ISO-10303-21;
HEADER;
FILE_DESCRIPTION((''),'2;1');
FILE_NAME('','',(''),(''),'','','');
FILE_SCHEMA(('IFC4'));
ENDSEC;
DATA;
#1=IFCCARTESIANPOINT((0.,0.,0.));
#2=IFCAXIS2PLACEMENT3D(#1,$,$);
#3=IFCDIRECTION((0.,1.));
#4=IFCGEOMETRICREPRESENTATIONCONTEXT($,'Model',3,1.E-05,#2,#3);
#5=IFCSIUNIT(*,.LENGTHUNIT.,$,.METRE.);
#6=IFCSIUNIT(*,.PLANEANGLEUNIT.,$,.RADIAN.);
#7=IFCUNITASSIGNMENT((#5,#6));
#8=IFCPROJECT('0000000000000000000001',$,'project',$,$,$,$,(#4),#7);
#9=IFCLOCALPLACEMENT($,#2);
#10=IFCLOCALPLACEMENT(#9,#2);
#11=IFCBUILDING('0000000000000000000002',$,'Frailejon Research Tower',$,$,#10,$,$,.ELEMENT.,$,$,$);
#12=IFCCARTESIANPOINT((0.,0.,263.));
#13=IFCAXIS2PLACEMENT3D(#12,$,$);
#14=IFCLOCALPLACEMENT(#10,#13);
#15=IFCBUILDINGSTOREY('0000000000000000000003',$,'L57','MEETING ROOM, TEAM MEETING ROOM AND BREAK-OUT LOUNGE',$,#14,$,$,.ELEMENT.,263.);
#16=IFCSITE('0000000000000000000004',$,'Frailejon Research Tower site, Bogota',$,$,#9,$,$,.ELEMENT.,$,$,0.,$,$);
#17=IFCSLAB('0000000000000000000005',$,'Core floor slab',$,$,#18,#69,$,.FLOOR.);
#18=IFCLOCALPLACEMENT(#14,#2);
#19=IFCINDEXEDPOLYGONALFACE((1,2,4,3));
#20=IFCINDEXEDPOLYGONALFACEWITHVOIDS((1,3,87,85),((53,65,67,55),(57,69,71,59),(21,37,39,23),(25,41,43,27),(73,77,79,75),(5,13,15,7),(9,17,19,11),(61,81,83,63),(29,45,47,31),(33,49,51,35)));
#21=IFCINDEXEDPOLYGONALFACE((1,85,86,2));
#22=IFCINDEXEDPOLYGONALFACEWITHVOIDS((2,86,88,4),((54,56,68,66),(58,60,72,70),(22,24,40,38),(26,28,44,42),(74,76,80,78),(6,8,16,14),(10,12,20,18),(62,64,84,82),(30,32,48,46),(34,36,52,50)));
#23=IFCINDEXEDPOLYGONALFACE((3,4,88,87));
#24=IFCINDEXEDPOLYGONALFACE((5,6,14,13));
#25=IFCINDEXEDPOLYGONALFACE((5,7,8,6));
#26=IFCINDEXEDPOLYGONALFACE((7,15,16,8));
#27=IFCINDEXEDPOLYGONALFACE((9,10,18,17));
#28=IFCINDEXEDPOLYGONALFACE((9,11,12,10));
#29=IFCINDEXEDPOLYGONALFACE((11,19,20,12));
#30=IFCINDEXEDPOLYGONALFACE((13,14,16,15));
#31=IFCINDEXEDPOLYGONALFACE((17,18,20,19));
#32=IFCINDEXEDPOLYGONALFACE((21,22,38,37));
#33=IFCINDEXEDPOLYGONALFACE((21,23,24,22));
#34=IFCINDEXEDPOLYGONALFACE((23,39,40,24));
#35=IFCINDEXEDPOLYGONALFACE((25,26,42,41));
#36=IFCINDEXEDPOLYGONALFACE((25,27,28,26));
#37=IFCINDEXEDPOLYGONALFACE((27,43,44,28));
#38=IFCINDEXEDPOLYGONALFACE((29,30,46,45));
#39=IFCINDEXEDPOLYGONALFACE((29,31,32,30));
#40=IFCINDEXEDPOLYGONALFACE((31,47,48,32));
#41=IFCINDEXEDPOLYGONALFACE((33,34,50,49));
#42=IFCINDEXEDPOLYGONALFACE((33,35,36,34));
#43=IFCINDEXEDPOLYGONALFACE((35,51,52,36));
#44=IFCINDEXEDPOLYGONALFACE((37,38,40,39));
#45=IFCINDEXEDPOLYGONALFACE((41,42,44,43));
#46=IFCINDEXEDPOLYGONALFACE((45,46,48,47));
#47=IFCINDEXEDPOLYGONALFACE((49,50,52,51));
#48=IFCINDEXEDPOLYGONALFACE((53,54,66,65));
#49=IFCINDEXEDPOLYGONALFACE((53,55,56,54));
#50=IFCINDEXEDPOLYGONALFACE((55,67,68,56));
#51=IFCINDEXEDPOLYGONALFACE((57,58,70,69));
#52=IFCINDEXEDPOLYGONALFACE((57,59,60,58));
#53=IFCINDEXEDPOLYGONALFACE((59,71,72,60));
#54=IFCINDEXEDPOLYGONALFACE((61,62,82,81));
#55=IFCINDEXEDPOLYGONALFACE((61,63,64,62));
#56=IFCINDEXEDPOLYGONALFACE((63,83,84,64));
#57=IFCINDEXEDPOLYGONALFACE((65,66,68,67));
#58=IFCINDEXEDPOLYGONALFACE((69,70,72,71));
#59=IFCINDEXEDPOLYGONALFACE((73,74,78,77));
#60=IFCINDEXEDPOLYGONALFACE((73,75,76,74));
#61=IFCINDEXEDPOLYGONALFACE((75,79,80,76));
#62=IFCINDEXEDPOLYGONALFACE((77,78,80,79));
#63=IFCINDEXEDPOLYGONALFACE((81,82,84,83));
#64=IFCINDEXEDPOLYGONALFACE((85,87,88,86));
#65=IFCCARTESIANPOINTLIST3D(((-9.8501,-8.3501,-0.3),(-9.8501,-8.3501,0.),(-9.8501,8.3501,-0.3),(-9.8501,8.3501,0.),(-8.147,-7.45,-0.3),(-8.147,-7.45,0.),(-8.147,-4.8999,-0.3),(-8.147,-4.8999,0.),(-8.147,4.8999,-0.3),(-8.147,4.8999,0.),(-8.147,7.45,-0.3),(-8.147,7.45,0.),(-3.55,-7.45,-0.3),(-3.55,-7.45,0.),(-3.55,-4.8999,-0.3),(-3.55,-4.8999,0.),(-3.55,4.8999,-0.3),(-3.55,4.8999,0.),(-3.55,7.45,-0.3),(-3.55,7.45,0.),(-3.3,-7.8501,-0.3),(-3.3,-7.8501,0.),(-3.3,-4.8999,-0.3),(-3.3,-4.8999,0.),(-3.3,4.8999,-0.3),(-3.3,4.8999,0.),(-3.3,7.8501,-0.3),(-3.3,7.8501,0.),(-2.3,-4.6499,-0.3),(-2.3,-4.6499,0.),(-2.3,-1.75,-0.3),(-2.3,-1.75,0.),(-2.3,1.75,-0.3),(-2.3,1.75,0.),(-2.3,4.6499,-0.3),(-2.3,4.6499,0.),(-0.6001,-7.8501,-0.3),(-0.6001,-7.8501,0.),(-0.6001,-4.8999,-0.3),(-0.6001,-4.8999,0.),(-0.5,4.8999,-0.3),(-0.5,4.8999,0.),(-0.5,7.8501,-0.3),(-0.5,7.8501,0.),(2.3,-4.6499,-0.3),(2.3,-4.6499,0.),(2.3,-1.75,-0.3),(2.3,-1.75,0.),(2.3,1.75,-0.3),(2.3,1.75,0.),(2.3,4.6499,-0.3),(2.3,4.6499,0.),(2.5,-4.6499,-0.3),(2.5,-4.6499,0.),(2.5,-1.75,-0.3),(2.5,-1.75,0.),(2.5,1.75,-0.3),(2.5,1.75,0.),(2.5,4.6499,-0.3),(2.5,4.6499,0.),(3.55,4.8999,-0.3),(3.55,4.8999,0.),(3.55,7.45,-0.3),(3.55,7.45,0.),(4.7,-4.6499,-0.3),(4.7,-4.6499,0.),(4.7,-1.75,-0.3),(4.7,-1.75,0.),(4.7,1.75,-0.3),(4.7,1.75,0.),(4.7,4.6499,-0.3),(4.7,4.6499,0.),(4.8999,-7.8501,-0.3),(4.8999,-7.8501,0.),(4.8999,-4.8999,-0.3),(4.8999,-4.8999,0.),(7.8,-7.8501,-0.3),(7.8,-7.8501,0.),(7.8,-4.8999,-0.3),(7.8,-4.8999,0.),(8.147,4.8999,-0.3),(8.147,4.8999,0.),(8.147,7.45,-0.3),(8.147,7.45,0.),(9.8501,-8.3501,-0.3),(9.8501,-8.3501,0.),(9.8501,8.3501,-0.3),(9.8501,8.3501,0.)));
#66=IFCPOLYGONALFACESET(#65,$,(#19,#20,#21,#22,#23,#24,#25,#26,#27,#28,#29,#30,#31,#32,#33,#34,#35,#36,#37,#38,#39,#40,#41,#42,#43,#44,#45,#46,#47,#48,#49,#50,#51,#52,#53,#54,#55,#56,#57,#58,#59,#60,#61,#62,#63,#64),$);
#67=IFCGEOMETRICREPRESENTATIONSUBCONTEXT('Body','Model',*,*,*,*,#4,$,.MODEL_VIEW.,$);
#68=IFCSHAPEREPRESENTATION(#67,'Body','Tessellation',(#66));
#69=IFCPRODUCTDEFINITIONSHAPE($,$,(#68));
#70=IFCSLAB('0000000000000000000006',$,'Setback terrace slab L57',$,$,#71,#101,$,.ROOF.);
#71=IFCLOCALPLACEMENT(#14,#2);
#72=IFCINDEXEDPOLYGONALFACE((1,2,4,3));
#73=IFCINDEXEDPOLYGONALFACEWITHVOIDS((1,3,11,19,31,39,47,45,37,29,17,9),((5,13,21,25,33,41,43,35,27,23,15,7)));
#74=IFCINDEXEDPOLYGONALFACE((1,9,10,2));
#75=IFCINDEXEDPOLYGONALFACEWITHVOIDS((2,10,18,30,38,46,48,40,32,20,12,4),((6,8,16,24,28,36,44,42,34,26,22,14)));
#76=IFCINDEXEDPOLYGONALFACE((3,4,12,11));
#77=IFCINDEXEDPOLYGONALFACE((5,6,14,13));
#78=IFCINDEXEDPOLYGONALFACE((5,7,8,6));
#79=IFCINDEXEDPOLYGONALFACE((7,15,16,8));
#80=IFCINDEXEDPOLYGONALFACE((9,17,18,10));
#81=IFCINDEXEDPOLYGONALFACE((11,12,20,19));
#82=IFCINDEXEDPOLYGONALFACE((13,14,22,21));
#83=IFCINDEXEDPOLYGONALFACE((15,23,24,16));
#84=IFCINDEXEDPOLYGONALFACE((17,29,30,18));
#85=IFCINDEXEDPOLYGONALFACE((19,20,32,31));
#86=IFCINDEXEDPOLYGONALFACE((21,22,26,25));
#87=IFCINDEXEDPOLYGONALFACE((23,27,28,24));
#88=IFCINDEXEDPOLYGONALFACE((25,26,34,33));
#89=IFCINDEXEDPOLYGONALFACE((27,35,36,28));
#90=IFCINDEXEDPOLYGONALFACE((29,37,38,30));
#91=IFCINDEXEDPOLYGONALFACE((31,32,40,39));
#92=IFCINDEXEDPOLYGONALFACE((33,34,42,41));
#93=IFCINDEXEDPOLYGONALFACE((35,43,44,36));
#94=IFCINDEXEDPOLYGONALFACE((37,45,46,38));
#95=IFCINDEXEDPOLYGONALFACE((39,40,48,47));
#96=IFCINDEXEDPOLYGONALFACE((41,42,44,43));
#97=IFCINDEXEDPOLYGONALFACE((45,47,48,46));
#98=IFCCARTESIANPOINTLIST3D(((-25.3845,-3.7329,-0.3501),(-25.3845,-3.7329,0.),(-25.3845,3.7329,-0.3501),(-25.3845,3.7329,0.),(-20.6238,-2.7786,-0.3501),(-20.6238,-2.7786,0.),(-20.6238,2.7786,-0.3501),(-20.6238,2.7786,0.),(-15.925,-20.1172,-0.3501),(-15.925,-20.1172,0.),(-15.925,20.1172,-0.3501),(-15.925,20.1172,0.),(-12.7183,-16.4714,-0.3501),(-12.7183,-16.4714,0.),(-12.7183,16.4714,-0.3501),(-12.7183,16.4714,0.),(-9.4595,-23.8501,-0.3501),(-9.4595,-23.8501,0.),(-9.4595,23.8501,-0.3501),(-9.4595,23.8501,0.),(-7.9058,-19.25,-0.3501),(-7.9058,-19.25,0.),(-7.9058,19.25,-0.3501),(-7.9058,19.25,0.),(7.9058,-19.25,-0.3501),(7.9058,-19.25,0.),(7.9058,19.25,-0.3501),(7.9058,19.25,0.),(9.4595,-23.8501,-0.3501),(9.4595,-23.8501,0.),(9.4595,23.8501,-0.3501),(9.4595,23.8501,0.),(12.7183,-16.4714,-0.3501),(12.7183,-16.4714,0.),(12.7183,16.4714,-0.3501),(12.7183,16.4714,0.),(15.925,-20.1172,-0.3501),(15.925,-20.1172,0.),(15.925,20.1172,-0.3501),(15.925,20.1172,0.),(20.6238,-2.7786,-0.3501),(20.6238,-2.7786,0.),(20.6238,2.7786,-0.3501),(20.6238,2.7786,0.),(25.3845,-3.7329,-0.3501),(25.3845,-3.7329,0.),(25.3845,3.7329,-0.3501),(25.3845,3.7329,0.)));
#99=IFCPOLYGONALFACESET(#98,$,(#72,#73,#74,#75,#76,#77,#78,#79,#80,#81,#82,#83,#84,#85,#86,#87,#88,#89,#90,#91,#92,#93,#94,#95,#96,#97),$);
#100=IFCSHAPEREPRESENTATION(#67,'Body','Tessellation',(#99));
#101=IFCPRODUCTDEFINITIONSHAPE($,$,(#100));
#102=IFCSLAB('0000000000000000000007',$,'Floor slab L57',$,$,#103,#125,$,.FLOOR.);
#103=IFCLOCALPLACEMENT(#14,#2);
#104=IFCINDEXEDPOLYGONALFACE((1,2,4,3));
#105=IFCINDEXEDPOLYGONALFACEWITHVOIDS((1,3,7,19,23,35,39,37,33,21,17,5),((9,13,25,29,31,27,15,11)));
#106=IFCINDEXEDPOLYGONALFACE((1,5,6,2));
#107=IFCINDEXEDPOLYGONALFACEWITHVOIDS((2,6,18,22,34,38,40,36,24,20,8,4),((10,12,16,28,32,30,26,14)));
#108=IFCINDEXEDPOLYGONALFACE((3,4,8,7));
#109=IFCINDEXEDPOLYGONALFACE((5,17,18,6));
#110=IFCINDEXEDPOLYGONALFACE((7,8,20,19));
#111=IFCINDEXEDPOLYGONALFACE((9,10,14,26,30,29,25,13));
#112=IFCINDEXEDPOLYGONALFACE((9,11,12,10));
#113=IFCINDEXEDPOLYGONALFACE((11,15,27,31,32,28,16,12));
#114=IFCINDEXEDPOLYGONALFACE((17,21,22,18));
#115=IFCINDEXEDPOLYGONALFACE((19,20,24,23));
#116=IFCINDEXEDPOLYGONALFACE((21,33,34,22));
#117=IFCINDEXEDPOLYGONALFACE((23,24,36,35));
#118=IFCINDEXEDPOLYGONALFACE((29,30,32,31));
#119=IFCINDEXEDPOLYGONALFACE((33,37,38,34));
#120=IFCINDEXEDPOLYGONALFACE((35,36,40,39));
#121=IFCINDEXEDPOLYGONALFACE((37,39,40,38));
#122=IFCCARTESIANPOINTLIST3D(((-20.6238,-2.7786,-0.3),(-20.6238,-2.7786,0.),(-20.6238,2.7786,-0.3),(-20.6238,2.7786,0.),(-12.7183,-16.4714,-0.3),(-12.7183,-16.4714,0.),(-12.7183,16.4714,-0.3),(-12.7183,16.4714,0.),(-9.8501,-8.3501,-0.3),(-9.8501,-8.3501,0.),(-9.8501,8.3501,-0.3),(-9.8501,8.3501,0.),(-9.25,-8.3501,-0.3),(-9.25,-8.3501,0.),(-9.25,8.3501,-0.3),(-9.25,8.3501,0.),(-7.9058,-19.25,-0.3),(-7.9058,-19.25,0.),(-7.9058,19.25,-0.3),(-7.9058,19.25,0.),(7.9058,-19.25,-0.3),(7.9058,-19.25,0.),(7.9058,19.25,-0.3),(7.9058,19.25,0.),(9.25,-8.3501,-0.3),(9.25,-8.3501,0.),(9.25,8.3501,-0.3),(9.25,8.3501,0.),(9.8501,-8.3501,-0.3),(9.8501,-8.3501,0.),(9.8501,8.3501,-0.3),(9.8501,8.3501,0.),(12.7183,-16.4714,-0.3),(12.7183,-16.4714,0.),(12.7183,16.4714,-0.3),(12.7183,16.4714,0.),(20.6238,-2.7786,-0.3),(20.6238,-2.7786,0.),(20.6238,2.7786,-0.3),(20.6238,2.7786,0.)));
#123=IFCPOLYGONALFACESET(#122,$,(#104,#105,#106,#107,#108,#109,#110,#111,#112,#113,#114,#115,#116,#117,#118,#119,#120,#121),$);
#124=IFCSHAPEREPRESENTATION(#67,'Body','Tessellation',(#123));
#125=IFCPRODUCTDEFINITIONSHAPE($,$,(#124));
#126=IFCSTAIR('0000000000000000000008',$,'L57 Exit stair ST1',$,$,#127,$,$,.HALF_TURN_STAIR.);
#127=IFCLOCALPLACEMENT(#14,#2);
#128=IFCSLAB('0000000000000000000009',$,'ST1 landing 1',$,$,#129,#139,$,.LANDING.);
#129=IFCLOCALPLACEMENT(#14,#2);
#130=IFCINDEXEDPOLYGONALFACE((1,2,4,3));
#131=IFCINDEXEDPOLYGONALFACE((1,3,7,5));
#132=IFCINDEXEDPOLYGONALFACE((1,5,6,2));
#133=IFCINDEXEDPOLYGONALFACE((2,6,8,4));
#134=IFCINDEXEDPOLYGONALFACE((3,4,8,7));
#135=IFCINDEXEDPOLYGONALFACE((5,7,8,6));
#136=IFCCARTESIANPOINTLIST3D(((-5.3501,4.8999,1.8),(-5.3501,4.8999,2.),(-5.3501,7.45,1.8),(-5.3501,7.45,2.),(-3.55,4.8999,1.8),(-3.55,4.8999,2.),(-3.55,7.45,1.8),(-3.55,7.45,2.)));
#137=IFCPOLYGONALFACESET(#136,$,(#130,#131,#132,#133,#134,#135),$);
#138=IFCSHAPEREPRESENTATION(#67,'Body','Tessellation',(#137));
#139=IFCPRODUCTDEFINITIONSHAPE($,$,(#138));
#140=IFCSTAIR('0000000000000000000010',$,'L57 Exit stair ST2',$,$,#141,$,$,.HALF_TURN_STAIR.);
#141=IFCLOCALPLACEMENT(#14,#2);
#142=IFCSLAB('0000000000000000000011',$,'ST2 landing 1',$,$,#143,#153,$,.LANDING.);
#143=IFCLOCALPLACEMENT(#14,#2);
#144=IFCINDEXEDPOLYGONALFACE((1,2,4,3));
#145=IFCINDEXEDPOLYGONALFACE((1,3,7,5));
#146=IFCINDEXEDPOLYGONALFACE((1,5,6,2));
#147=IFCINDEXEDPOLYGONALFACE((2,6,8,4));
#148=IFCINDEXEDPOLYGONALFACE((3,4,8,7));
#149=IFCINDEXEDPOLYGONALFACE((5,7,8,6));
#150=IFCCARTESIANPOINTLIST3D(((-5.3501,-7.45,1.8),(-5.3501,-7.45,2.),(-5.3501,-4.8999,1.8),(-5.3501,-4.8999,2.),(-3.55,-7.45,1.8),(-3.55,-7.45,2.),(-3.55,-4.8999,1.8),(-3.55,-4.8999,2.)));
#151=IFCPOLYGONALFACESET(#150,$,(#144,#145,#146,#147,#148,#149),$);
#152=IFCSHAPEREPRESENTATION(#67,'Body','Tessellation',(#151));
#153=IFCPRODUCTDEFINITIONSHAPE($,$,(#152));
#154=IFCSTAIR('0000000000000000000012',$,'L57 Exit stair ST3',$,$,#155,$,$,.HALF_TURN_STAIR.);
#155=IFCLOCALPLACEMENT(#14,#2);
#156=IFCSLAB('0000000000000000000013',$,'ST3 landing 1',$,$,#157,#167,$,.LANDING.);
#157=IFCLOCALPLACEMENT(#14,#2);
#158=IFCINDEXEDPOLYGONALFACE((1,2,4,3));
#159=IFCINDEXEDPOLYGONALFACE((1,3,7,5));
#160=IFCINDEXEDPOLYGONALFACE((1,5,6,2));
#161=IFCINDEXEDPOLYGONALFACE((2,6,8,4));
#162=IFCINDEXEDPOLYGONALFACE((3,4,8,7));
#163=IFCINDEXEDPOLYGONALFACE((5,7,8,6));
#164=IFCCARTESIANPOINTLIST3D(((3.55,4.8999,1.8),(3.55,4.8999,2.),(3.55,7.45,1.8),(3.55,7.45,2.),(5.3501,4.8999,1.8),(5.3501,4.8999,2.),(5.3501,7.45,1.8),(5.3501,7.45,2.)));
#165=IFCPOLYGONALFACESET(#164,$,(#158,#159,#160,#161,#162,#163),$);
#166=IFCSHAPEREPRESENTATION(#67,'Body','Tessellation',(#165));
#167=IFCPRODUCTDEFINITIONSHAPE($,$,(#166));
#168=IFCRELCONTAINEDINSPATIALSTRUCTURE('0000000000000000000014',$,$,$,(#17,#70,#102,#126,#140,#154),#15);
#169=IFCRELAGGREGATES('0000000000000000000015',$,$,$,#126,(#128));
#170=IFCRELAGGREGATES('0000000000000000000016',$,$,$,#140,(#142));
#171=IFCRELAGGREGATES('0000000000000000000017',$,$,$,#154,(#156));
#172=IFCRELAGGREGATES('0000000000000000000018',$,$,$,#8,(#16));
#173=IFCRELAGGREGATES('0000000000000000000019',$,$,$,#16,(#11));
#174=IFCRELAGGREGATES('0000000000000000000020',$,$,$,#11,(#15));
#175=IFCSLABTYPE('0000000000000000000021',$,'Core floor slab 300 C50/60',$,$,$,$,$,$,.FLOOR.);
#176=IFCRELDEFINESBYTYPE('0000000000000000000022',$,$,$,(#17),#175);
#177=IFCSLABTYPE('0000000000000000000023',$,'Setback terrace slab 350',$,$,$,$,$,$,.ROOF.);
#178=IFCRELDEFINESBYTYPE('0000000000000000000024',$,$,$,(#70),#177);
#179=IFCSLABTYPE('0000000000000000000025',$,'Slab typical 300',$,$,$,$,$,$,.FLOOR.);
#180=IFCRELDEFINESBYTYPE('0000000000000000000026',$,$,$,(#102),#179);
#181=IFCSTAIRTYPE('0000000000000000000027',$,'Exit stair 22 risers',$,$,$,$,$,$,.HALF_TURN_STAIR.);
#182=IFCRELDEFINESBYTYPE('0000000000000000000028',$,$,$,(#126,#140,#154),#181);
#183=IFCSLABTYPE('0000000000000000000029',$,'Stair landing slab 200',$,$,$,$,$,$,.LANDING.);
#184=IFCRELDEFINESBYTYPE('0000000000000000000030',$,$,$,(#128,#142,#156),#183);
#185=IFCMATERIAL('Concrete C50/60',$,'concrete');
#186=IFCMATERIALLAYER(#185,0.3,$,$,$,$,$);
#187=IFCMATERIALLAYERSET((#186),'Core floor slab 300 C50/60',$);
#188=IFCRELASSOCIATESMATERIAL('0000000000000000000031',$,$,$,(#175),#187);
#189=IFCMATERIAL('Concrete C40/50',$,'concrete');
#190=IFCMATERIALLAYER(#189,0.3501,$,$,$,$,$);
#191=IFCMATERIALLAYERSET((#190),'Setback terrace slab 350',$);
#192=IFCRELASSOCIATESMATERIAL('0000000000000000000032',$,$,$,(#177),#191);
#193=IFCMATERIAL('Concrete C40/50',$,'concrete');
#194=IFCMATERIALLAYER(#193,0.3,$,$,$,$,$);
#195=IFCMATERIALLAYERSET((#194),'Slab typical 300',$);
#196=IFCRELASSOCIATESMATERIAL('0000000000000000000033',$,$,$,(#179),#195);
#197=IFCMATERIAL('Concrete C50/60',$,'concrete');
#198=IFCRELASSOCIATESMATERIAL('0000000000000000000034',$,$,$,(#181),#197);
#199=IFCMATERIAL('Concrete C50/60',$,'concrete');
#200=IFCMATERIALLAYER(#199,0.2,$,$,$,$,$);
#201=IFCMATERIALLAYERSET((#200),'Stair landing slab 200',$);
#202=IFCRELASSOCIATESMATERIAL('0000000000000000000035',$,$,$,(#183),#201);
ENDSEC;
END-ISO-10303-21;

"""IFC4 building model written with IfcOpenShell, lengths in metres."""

from ifc_helpers import new_model, si_unit, direction, frame, origin, place, context, subcontext, project, spatial, polyline, outline, extrude, material, layer, layer_set, type_object, element, aggregate, save


model = new_model("IFC4")

# Units and contexts
model_context = context("Model", 3, precision=1e-05, world=origin(), true_north=direction((0.0, 1.0)))
body_context = subcontext(model_context, "Body", "Model", "MODEL_VIEW")
ifc_project = project(units=[si_unit("LENGTHUNIT", "METRE"), si_unit("PLANEANGLEUNIT", "RADIAN")], contexts=[model_context])

# Site, building, storey
site_placement = place(None, origin())
site = spatial("IfcSite", under=ifc_project, at=site_placement, Name="Frailejon Research Tower site, Bogota", CompositionType="ELEMENT", RefElevation=0.0)
building_placement = place(site_placement, origin())
building = spatial("IfcBuilding", under=site, at=building_placement, Name="Frailejon Research Tower", CompositionType="ELEMENT")
storey_placement = place(building_placement, frame((0.0, 0.0, 263.0)))
storey = spatial("IfcBuildingStorey", under=building, at=storey_placement, Name="L57", Description="MEETING ROOM, TEAM MEETING ROOM AND BREAK-OUT LOUNGE", CompositionType="ELEMENT", Elevation=263.0)

# Slabs
ifc_material_1 = material(Name="Concrete C50/60", Category="concrete")
ifc_layer_1 = layer(ifc_material_1, 0.3)
ifc_layer_set_1 = layer_set([ifc_layer_1], Name="Core floor slab 300 C50/60")
slab_type_1 = type_object("IfcSlabType", Name="Core floor slab 300 C50/60", PredefinedType="FLOOR", material=ifc_layer_set_1)
slab_1_placement = place(storey_placement, frame((0.0, 0.0, -0.3)))
element("IfcSlab", 1, at=slab_1_placement, inside=storey, type_object=slab_type_1, Name="Core floor slab", PredefinedType="FLOOR", context=body_context, shape_type="SweptSolid", body=[
    extrude(outline(polyline([(9.8501, -8.3501), (9.8501, 8.3501), (-9.8501, 8.3501), (-9.8501, -8.3501), (9.8501, -8.3501)]), holes=[polyline([(2.3, 1.75), (2.3, 4.6499), (-2.3, 4.6499), (-2.3, 1.75), (2.3, 1.75)]), polyline([(4.7, 1.75), (4.7, 4.6499), (2.5, 4.6499), (2.5, 1.75), (4.7, 1.75)]), polyline([(2.3, -4.6499), (2.3, -1.75), (-2.3, -1.75), (-2.3, -4.6499), (2.3, -4.6499)]), polyline([(4.7, -4.6499), (4.7, -1.75), (2.5, -1.75), (2.5, -4.6499), (4.7, -4.6499)]), polyline([(-8.147, 4.8999), (-3.55, 4.8999), (-3.55, 7.45), (-8.147, 7.45), (-8.147, 4.8999)]), polyline([(-8.147, -7.45), (-3.55, -7.45), (-3.55, -4.8999), (-8.147, -4.8999), (-8.147, -7.45)]), polyline([(8.147, 7.45), (3.55, 7.45), (3.55, 4.8999), (8.147, 4.8999), (8.147, 7.45)]), polyline([(-0.6001, -7.8501), (-0.6001, -4.8999), (-3.3, -4.8999), (-3.3, -7.8501), (-0.6001, -7.8501)]), polyline([(7.8, -7.8501), (7.8, -4.8999), (4.8999, -4.8999), (4.8999, -7.8501), (7.8, -7.8501)]), polyline([(-0.5, 4.8999), (-0.5, 7.8501), (-3.3, 7.8501), (-3.3, 4.8999), (-0.5, 4.8999)])]), origin(), (0.0, 0.0, 1.0), 0.3),
])
ifc_material_2 = material(Name="Concrete C40/50", Category="concrete")
ifc_layer_2 = layer(ifc_material_2, 0.3501)
ifc_layer_set_2 = layer_set([ifc_layer_2], Name="Setback terrace slab 350")
slab_type_2 = type_object("IfcSlabType", Name="Setback terrace slab 350", PredefinedType="ROOF", material=ifc_layer_set_2)
slab_2_placement = place(storey_placement, frame((0.0, 0.0, -0.3501)))
element("IfcSlab", 2, at=slab_2_placement, inside=storey, type_object=slab_type_2, Name="Setback terrace slab L57", PredefinedType="ROOF", context=body_context, shape_type="SweptSolid", body=[
    extrude(outline(polyline([(15.925, -20.1172), (9.4595, -23.8501), (-9.4595, -23.8501), (-15.925, -20.1172), (-25.3845, -3.7329), (-25.3845, 3.7329), (-15.925, 20.1172), (-9.4595, 23.8501), (9.4595, 23.8501), (15.925, 20.1172), (25.3845, 3.7329), (25.3845, -3.7329), (15.925, -20.1172)]), holes=[polyline([(20.6238, 2.7786), (12.7183, 16.4714), (7.9058, 19.25), (-7.9058, 19.25), (-12.7183, 16.4714), (-20.6238, 2.7786), (-20.6238, -2.7786), (-12.7183, -16.4714), (-7.9058, -19.25), (7.9058, -19.25), (12.7183, -16.4714), (20.6238, -2.7786), (20.6238, 2.7786)])]), origin(), (0.0, 0.0, 1.0), 0.3501),
])
ifc_material_3 = material(Name="Concrete C40/50", Category="concrete")
ifc_layer_3 = layer(ifc_material_3, 0.3)
ifc_layer_set_3 = layer_set([ifc_layer_3], Name="Slab typical 300")
slab_type_3 = type_object("IfcSlabType", Name="Slab typical 300", PredefinedType="FLOOR", material=ifc_layer_set_3)
slab_3_placement = place(storey_placement, frame((0.0, 0.0, -0.3)))
element("IfcSlab", 3, at=slab_3_placement, inside=storey, type_object=slab_type_3, Name="Floor slab L57", PredefinedType="FLOOR", context=body_context, shape_type="SweptSolid", body=[
    extrude(outline(polyline([(20.6238, -2.7786), (20.6238, 2.7786), (12.7183, 16.4714), (7.9058, 19.25), (-7.9058, 19.25), (-12.7183, 16.4714), (-20.6238, 2.7786), (-20.6238, -2.7786), (-12.7183, -16.4714), (-7.9058, -19.25), (7.9058, -19.25), (12.7183, -16.4714), (20.6238, -2.7786)]), holes=[polyline([(9.25, 8.3501), (9.8501, 8.3501), (9.8501, -8.3501), (9.25, -8.3501), (-9.25, -8.3501), (-9.8501, -8.3501), (-9.8501, 8.3501), (-9.25, 8.3501), (9.25, 8.3501)])]), origin(), (0.0, 0.0, 1.0), 0.3),
])

# Stairs, slabs
ifc_material_4 = material(Name="Concrete C50/60", Category="concrete")
stair_type = type_object("IfcStairType", Name="Exit stair 22 risers", PredefinedType="HALF_TURN_STAIR", material=ifc_material_4)
stair_1_placement = place(storey_placement, origin())
stair_1 = element("IfcStair", 4, at=stair_1_placement, inside=storey, type_object=stair_type, Name="L57 Exit stair ST1", PredefinedType="HALF_TURN_STAIR")
ifc_material_5 = material(Name="Concrete C50/60", Category="concrete")
ifc_layer_4 = layer(ifc_material_5, 0.2)
ifc_layer_set_4 = layer_set([ifc_layer_4], Name="Stair landing slab 200")
slab_type_4 = type_object("IfcSlabType", Name="Stair landing slab 200", PredefinedType="LANDING", material=ifc_layer_set_4)
slab_4_placement = place(storey_placement, frame((0.0, 0.0, 1.8)))
slab_4 = element("IfcSlab", 5, at=slab_4_placement, type_object=slab_type_4, Name="ST1 landing 1", PredefinedType="LANDING", context=body_context, shape_type="SweptSolid", body=[
    extrude(outline(polyline([(-5.3501, 4.8999), (-3.55, 4.8999), (-3.55, 7.45), (-5.3501, 7.45), (-5.3501, 4.8999)])), origin(), (0.0, 0.0, 1.0), 0.2),
])
aggregate(stair_1, [slab_4])
stair_2_placement = place(storey_placement, origin())
stair_2 = element("IfcStair", 6, at=stair_2_placement, inside=storey, type_object=stair_type, Name="L57 Exit stair ST2", PredefinedType="HALF_TURN_STAIR")
slab_5_placement = place(storey_placement, frame((0.0, 0.0, 1.8)))
slab_5 = element("IfcSlab", 7, at=slab_5_placement, type_object=slab_type_4, Name="ST2 landing 1", PredefinedType="LANDING", context=body_context, shape_type="SweptSolid", body=[
    extrude(outline(polyline([(-5.3501, -7.45), (-3.55, -7.45), (-3.55, -4.8999), (-5.3501, -4.8999), (-5.3501, -7.45)])), origin(), (0.0, 0.0, 1.0), 0.2),
])
aggregate(stair_2, [slab_5])
stair_3_placement = place(storey_placement, origin())
stair_3 = element("IfcStair", 8, at=stair_3_placement, inside=storey, type_object=stair_type, Name="L57 Exit stair ST3", PredefinedType="HALF_TURN_STAIR")
slab_6_placement = place(storey_placement, frame((0.0, 0.0, 1.8)))
slab_6 = element("IfcSlab", 9, at=slab_6_placement, type_object=slab_type_4, Name="ST3 landing 1", PredefinedType="LANDING", context=body_context, shape_type="SweptSolid", body=[
    extrude(outline(polyline([(5.3501, 7.45), (3.55, 7.45), (3.55, 4.8999), (5.3501, 4.8999), (5.3501, 7.45)])), origin(), (0.0, 0.0, 1.0), 0.2),
])
aggregate(stair_3, [slab_6])

save(model, "model.ifc")
